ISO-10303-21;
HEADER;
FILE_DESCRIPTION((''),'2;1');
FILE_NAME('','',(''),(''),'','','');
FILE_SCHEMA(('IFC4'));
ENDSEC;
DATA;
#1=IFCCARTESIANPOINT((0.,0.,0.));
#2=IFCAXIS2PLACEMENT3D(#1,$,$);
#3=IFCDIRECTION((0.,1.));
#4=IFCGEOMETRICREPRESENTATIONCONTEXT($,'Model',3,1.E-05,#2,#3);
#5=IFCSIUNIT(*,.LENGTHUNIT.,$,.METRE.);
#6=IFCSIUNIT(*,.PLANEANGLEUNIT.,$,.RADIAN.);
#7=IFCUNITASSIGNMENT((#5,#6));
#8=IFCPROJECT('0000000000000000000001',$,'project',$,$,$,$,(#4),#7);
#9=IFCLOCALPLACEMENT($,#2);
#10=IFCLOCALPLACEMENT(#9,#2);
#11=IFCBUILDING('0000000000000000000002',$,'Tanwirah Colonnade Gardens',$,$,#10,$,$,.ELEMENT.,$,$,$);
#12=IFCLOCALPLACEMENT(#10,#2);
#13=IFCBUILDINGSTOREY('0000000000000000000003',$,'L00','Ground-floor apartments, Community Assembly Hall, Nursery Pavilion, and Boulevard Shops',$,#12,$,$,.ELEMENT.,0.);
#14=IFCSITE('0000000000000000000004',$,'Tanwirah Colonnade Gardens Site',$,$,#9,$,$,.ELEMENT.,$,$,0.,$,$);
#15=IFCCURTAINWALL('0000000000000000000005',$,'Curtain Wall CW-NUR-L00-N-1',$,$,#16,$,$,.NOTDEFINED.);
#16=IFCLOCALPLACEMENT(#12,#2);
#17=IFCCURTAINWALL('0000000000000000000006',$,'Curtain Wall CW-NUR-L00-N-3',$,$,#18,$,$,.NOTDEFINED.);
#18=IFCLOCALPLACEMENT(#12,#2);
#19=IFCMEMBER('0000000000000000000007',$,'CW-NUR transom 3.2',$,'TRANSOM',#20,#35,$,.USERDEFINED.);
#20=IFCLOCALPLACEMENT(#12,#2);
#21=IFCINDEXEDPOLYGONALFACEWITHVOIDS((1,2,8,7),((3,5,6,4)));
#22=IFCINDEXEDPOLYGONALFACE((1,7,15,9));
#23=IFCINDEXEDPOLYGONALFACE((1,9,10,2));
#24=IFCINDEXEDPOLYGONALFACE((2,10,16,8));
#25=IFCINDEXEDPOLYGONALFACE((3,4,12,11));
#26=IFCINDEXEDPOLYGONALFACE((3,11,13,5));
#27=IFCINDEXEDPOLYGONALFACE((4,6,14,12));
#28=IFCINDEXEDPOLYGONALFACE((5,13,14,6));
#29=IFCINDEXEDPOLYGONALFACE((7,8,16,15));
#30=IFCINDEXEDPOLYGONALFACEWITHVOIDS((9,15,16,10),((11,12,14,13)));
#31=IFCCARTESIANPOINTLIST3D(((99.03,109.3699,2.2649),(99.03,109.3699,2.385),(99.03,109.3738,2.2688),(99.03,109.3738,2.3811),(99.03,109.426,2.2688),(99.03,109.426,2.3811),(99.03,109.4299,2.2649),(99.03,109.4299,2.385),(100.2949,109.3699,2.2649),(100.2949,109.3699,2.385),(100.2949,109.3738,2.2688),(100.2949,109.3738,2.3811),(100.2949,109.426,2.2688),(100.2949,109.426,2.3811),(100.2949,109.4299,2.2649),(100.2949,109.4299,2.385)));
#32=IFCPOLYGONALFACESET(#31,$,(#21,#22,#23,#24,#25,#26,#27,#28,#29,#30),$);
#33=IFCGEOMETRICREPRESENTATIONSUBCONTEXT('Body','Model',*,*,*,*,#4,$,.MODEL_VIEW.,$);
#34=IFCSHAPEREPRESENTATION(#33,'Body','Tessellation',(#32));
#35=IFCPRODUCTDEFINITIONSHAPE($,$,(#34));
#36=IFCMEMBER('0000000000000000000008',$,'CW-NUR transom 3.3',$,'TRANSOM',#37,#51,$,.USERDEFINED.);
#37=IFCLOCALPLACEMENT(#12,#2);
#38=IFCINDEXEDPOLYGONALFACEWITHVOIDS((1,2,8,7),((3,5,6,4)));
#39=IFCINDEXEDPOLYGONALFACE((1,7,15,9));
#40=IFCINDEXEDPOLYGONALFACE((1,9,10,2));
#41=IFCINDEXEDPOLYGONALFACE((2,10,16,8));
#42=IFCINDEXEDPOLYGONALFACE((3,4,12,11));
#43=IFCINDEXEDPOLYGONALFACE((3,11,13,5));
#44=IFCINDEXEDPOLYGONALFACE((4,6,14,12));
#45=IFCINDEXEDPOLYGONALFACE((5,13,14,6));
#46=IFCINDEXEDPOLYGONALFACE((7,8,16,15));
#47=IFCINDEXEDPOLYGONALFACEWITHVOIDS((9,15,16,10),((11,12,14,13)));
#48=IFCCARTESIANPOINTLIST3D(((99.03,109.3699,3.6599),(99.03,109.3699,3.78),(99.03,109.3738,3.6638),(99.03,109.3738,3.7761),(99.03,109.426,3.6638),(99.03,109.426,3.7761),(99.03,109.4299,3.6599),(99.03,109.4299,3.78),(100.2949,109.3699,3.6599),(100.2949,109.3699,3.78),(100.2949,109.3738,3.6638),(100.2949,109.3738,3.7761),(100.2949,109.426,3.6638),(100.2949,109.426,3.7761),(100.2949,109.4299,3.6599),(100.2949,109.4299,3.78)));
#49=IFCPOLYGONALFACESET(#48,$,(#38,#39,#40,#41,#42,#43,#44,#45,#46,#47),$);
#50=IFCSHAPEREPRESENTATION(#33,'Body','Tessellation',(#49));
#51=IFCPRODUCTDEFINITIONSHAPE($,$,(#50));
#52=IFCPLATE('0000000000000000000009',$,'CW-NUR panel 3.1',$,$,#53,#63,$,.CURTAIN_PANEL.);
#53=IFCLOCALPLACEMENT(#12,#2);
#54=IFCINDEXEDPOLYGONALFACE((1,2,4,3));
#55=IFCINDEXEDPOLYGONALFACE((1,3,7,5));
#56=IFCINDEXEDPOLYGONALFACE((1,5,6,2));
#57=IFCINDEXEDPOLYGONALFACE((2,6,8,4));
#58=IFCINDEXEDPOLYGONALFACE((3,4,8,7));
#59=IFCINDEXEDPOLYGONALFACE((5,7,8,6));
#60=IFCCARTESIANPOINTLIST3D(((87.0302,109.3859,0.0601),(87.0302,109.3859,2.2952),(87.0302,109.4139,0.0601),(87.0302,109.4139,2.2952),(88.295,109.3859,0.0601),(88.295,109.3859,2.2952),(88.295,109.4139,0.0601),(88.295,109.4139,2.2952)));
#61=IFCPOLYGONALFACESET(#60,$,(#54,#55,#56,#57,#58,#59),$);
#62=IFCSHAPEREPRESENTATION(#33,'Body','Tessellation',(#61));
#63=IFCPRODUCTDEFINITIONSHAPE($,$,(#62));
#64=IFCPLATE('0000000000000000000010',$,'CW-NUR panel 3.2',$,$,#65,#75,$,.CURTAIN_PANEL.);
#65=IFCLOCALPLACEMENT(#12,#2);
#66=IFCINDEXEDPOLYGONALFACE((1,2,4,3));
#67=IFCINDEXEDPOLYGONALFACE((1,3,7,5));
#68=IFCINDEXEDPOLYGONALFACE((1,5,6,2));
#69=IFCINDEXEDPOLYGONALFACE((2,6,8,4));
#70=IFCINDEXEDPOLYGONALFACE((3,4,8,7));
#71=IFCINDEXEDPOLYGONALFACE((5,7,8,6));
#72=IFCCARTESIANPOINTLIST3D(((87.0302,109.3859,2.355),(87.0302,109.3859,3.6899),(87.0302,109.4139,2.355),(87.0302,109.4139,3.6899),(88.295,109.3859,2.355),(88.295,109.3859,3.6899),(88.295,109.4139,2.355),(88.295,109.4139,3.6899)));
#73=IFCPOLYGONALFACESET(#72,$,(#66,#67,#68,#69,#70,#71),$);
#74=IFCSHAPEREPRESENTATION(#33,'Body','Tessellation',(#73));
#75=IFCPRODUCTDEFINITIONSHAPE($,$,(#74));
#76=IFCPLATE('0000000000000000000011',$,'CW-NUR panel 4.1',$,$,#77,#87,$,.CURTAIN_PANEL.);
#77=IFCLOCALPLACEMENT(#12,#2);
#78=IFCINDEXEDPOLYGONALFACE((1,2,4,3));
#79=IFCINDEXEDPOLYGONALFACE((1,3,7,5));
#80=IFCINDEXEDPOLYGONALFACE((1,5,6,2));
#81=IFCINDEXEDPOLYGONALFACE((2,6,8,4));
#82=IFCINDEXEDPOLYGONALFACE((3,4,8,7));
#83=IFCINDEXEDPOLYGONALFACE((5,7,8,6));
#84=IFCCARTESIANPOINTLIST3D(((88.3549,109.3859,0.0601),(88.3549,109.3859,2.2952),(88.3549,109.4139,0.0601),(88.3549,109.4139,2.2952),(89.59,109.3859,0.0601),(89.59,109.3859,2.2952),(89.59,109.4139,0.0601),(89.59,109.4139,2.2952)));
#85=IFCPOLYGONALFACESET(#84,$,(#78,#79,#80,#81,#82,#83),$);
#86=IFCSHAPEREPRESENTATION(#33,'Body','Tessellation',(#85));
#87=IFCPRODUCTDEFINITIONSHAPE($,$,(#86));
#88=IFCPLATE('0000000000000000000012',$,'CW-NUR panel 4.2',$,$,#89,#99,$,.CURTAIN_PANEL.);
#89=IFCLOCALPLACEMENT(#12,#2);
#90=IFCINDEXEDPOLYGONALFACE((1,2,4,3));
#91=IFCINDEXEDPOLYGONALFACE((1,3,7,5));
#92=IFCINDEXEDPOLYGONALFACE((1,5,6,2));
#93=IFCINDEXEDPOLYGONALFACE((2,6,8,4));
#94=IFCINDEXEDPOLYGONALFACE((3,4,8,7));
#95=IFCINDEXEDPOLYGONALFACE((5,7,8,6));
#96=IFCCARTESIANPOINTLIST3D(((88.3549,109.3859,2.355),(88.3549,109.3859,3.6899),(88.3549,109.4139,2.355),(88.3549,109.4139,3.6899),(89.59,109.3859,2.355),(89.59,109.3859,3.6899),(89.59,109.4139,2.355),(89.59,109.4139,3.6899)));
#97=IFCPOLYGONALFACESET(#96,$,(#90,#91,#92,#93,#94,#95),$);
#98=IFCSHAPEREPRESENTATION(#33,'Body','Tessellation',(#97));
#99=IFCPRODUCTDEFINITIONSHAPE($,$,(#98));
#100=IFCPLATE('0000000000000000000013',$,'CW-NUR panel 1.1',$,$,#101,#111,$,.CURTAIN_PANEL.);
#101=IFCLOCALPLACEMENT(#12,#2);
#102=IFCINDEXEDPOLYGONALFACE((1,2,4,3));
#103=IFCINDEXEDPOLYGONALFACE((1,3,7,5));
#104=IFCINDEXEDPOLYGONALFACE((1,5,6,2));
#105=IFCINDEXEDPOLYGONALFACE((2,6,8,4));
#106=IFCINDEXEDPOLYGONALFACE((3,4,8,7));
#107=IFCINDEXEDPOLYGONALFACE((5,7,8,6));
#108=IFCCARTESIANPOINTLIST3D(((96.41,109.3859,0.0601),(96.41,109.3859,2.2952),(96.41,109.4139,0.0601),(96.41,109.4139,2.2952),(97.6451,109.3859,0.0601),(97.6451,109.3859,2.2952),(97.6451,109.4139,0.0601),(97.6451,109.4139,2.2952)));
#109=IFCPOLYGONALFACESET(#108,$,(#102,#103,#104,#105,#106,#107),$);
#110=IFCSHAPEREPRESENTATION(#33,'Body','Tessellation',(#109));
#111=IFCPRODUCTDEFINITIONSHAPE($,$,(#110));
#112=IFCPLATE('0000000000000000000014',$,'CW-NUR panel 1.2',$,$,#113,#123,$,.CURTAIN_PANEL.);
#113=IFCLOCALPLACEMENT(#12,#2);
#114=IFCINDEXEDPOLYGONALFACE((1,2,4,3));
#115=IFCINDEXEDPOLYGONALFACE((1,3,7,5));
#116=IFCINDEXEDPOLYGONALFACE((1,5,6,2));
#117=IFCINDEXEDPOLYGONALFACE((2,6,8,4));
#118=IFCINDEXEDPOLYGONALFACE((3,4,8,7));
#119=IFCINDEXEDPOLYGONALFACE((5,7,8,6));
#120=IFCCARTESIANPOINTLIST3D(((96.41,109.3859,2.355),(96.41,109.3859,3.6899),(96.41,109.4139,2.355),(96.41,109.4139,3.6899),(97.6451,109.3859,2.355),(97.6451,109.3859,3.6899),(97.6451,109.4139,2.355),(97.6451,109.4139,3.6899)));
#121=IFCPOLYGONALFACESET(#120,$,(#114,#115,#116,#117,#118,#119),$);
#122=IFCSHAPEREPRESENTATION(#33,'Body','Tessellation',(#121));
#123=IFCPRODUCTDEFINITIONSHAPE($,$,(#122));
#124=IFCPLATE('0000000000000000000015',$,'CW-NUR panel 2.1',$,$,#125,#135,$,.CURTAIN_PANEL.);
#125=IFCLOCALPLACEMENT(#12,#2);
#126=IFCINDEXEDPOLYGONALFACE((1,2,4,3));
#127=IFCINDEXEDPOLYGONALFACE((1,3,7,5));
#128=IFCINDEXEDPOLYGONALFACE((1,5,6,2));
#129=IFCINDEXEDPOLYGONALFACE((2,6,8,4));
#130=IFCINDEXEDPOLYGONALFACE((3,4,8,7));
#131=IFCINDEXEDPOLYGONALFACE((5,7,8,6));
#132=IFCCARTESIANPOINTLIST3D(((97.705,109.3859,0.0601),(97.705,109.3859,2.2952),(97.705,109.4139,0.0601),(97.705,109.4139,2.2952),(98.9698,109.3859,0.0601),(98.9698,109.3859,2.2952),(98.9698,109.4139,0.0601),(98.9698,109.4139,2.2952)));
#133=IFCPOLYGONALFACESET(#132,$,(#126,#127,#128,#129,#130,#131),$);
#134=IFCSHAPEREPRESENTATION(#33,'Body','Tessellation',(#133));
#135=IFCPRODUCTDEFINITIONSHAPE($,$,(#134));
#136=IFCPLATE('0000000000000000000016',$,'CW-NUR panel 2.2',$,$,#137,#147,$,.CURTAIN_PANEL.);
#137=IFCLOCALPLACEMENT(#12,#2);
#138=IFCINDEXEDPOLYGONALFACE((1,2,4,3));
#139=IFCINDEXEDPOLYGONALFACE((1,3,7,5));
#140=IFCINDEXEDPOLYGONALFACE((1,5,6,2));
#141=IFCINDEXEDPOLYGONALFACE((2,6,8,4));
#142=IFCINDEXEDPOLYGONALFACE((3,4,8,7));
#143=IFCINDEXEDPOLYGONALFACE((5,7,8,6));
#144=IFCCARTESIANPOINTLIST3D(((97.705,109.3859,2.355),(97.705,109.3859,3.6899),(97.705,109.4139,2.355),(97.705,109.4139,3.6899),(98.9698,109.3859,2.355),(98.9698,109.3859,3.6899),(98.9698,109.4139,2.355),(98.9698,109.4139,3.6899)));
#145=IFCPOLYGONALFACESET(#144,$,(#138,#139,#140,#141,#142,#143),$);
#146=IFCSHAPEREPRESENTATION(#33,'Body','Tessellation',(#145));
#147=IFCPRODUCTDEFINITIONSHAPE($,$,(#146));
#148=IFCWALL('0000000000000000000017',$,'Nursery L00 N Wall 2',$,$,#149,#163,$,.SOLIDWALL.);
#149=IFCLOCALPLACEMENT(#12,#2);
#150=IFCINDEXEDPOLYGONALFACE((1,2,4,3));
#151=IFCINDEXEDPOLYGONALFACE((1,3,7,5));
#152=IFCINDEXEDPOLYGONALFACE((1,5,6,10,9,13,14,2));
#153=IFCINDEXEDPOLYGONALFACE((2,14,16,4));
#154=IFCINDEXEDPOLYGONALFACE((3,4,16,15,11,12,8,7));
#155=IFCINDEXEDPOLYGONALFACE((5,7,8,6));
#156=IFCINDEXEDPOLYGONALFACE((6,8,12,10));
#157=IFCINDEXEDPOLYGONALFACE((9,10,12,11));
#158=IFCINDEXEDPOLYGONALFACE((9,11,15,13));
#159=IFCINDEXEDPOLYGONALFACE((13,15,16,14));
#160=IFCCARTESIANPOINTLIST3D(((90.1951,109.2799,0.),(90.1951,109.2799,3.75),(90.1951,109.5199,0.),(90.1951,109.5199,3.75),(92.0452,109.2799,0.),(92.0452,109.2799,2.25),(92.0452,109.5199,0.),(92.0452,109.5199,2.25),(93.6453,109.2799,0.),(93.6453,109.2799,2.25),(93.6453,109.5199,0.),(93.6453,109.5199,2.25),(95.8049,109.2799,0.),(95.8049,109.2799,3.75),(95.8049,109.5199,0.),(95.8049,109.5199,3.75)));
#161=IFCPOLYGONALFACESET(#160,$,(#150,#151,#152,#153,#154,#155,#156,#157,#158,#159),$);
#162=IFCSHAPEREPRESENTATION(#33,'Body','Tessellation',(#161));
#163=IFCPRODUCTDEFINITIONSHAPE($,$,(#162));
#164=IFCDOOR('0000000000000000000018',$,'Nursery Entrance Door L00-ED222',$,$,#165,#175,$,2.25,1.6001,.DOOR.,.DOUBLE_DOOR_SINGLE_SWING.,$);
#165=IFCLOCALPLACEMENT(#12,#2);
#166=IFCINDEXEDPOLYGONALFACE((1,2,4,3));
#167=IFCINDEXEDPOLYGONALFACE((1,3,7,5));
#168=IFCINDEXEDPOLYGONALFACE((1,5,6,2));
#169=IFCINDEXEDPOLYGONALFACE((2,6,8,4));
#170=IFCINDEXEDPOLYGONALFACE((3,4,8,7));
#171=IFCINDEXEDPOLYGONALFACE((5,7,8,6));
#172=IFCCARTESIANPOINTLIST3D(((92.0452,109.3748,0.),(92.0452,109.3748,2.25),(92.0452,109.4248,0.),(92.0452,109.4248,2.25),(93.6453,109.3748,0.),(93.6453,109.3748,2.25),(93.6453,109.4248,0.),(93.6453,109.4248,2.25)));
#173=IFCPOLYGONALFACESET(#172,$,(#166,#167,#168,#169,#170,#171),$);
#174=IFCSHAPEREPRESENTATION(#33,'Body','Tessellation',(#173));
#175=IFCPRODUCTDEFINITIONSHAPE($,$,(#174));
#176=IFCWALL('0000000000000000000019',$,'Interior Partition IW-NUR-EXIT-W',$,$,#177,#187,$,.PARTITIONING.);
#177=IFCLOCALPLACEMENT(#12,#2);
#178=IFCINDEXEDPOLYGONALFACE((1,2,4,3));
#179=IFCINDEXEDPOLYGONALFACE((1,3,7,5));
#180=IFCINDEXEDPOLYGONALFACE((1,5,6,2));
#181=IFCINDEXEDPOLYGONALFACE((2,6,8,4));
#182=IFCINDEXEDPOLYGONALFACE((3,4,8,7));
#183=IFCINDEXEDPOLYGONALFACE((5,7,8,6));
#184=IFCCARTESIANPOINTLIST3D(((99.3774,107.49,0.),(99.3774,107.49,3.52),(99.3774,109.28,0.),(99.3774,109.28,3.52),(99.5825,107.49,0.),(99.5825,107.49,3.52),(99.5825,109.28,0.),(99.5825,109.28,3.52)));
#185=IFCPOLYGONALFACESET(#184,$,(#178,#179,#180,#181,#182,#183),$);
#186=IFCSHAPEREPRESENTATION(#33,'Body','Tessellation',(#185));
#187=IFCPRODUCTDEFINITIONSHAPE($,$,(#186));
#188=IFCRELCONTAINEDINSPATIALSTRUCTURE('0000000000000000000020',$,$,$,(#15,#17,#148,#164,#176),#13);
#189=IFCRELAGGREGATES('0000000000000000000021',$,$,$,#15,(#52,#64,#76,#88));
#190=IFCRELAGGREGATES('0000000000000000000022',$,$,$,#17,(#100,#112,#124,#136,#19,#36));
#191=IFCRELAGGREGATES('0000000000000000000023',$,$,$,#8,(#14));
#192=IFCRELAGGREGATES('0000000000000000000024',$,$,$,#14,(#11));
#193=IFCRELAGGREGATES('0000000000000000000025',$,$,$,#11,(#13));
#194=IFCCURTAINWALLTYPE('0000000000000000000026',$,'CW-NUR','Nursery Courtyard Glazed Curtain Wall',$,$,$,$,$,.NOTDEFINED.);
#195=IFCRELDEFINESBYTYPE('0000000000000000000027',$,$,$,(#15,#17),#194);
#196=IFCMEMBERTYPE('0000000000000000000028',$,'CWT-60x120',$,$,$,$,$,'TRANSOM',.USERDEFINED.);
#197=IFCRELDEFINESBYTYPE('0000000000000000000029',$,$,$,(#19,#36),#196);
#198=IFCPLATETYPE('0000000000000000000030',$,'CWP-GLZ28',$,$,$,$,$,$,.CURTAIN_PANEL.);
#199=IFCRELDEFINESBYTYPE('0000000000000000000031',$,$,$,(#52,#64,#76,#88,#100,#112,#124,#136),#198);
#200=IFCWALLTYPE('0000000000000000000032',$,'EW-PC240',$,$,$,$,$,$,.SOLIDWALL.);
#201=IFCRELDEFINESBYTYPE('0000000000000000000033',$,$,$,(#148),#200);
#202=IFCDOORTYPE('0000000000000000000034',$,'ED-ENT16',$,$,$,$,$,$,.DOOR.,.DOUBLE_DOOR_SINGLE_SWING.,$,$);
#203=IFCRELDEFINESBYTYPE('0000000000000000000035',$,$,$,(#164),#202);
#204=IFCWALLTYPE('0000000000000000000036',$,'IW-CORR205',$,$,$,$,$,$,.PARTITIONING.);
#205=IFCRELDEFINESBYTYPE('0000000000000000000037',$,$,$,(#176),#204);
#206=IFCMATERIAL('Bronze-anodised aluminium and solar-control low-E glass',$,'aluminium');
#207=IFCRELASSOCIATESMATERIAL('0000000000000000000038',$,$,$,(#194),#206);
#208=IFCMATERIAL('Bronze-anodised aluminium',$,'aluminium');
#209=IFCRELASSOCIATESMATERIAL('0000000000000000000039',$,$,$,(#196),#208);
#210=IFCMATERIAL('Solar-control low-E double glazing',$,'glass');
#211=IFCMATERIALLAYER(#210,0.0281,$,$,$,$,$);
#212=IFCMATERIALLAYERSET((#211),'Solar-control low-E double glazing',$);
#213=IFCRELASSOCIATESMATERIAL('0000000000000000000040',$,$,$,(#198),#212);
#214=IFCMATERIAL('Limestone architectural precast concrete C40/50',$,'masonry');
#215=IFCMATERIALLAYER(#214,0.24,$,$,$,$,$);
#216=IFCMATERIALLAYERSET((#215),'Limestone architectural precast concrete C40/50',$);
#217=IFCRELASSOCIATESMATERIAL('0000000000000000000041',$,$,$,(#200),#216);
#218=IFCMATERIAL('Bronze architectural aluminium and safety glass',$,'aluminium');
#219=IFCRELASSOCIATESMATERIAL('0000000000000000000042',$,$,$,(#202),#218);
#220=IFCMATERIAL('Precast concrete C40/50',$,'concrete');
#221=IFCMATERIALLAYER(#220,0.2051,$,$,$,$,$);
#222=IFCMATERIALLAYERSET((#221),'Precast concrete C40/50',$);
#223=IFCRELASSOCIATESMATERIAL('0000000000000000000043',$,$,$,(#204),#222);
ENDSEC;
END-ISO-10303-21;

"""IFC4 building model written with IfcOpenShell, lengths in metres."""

from ifc_helpers import new_model, si_unit, direction, frame, frame_2d, origin, origin_2d, place, context, subcontext, project, spatial, rectangle, hollow_rectangle, extrude, material, layer, layer_set, material_profile, profile_set, type_object, element, fill, aggregate, save


model = new_model("IFC4")

# Units and contexts
model_context = context("Model", 3, precision=1e-05, world=origin(), true_north=direction((0.0, 1.0)))
body_context = subcontext(model_context, "Body", "Model", "MODEL_VIEW")
ifc_project = project(units=[si_unit("LENGTHUNIT", "METRE"), si_unit("PLANEANGLEUNIT", "RADIAN")], contexts=[model_context])

# Site, building, storey
site_placement = place(None, origin())
site = spatial("IfcSite", under=ifc_project, at=site_placement, Name="Tanwirah Colonnade Gardens Site", CompositionType="ELEMENT", RefElevation=0.0)
building_placement = place(site_placement, origin())
building = spatial("IfcBuilding", under=site, at=building_placement, Name="Tanwirah Colonnade Gardens", CompositionType="ELEMENT")
storey_placement = place(building_placement, origin())
storey = spatial("IfcBuildingStorey", under=building, at=storey_placement, Name="L00", Description="Ground-floor apartments, Community Assembly Hall, Nursery Pavilion, and Boulevard Shops", CompositionType="ELEMENT", Elevation=0.0)

# Shared definitions
ifc_material_1 = material(Name="Precast concrete C40/50", Category="concrete")

# Curtain walls
ifc_material_2 = material(Name="Bronze-anodised aluminium and solar-control low-E glass", Category="aluminium")
curtain_wall_type = type_object("IfcCurtainWallType", Name="CW-NUR", Description="Nursery Courtyard Glazed Curtain Wall", PredefinedType="NOTDEFINED", material=ifc_material_2)
curtain_wall_1_placement = place(storey_placement, origin())
curtain_wall_1 = element("IfcCurtainWall", 1, at=curtain_wall_1_placement, inside=storey, type_object=curtain_wall_type, Name="Curtain Wall CW-NUR-L00-N-1", PredefinedType="NOTDEFINED")
ifc_material_3 = material(Name="Bronze-anodised aluminium", Category="aluminium")
curtain_wall_2_placement = place(storey_placement, origin())
curtain_wall_2 = element("IfcCurtainWall", 2, at=curtain_wall_2_placement, inside=storey, type_object=curtain_wall_type, Name="Curtain Wall CW-NUR-L00-N-3", PredefinedType="NOTDEFINED")

# Members
ifc_material_profile_1 = material_profile(ifc_material_3, hollow_rectangle(XDim=0.0601, YDim=0.1201, WallThickness=0.0039, at=origin_2d()), Name="CW-TRN 60x120x4")
ifc_profile_set_1 = profile_set([ifc_material_profile_1], Name="Bronze-anodised aluminium")
member_type_1 = type_object("IfcMemberType", Name="CWT-60x120", ElementType="TRANSOM", PredefinedType="USERDEFINED", material=ifc_profile_set_1)
member_1_placement = place(storey_placement, frame((99.03, 109.3999, 2.325), z_axis=(1.0, 0.0, 0.0), x_axis=(0.0, 1.0, 0.0)))
member_1 = element("IfcMember", 3, at=member_1_placement, type_object=member_type_1, Name="CW-NUR transom 3.2", ObjectType="TRANSOM", PredefinedType="USERDEFINED", context=body_context, shape_type="SweptSolid", body=[
    extrude(hollow_rectangle(XDim=0.0601, YDim=0.1201, WallThickness=0.0039, at=origin_2d()), origin(), (0.0, 0.0, 1.0), 1.2649),
])
member_2_placement = place(storey_placement, frame((99.03, 109.3999, 3.72), z_axis=(1.0, 0.0, 0.0), x_axis=(0.0, 1.0, 0.0)))
member_2 = element("IfcMember", 4, at=member_2_placement, type_object=member_type_1, Name="CW-NUR transom 3.3", ObjectType="TRANSOM", PredefinedType="USERDEFINED", context=body_context, shape_type="SweptSolid", body=[
    extrude(hollow_rectangle(XDim=0.0601, YDim=0.1201, WallThickness=0.0039, at=origin_2d()), origin(), (0.0, 0.0, 1.0), 1.2649),
])

# Plates
ifc_material_4 = material(Name="Solar-control low-E double glazing", Category="glass")
ifc_layer_1 = layer(ifc_material_4, 0.0281)
ifc_layer_set_1 = layer_set([ifc_layer_1], Name="Solar-control low-E double glazing")
plate_type = type_object("IfcPlateType", Name="CWP-GLZ28", PredefinedType="CURTAIN_PANEL", material=ifc_layer_set_1)
plate_1_placement = place(storey_placement, frame((87.6626, 109.3999, 0.0601), z_axis=(0.0, 0.0, 1.0), x_axis=(1.0, 0.0, 0.0)))
plate_1 = element("IfcPlate", 5, at=plate_1_placement, type_object=plate_type, Name="CW-NUR panel 3.1", PredefinedType="CURTAIN_PANEL", context=body_context, shape_type="SweptSolid", body=[
    extrude(rectangle(XDim=1.2649, YDim=0.0281, at=origin_2d()), origin(), (0.0, 0.0, 1.0), 2.2351),
])
plate_2_placement = place(storey_placement, frame((87.6626, 109.3999, 2.355), z_axis=(0.0, 0.0, 1.0), x_axis=(1.0, 0.0, 0.0)))
plate_2 = element("IfcPlate", 6, at=plate_2_placement, type_object=plate_type, Name="CW-NUR panel 3.2", PredefinedType="CURTAIN_PANEL", context=body_context, shape_type="SweptSolid", body=[
    extrude(rectangle(XDim=1.2649, YDim=0.0281, at=origin_2d()), origin(), (0.0, 0.0, 1.0), 1.335),
])
plate_3_placement = place(storey_placement, frame((88.9724, 109.3999, 0.0601), z_axis=(0.0, 0.0, 1.0), x_axis=(1.0, 0.0, 0.0)))
plate_3 = element("IfcPlate", 7, at=plate_3_placement, type_object=plate_type, Name="CW-NUR panel 4.1", PredefinedType="CURTAIN_PANEL", context=body_context, shape_type="SweptSolid", body=[
    extrude(rectangle(XDim=1.2351, YDim=0.0281, at=origin_2d()), origin(), (0.0, 0.0, 1.0), 2.2351),
])
plate_4_placement = place(storey_placement, frame((88.9724, 109.3999, 2.355), z_axis=(0.0, 0.0, 1.0), x_axis=(1.0, 0.0, 0.0)))
plate_4 = element("IfcPlate", 8, at=plate_4_placement, type_object=plate_type, Name="CW-NUR panel 4.2", PredefinedType="CURTAIN_PANEL", context=body_context, shape_type="SweptSolid", body=[
    extrude(rectangle(XDim=1.2351, YDim=0.0281, at=origin_2d()), origin(), (0.0, 0.0, 1.0), 1.335),
])
aggregate(curtain_wall_1, [plate_1, plate_2, plate_3, plate_4])
plate_5_placement = place(storey_placement, frame((97.0276, 109.3999, 0.0601), z_axis=(0.0, 0.0, 1.0), x_axis=(1.0, 0.0, 0.0)))
plate_5 = element("IfcPlate", 9, at=plate_5_placement, type_object=plate_type, Name="CW-NUR panel 1.1", PredefinedType="CURTAIN_PANEL", context=body_context, shape_type="SweptSolid", body=[
    extrude(rectangle(XDim=1.2351, YDim=0.0281, at=origin_2d()), origin(), (0.0, 0.0, 1.0), 2.2351),
])
plate_6_placement = place(storey_placement, frame((97.0276, 109.3999, 2.355), z_axis=(0.0, 0.0, 1.0), x_axis=(1.0, 0.0, 0.0)))
plate_6 = element("IfcPlate", 10, at=plate_6_placement, type_object=plate_type, Name="CW-NUR panel 1.2", PredefinedType="CURTAIN_PANEL", context=body_context, shape_type="SweptSolid", body=[
    extrude(rectangle(XDim=1.2351, YDim=0.0281, at=origin_2d()), origin(), (0.0, 0.0, 1.0), 1.335),
])
plate_7_placement = place(storey_placement, frame((98.3374, 109.3999, 0.0601), z_axis=(0.0, 0.0, 1.0), x_axis=(1.0, 0.0, 0.0)))
plate_7 = element("IfcPlate", 11, at=plate_7_placement, type_object=plate_type, Name="CW-NUR panel 2.1", PredefinedType="CURTAIN_PANEL", context=body_context, shape_type="SweptSolid", body=[
    extrude(rectangle(XDim=1.2649, YDim=0.0281, at=origin_2d()), origin(), (0.0, 0.0, 1.0), 2.2351),
])
plate_8_placement = place(storey_placement, frame((98.3374, 109.3999, 2.355), z_axis=(0.0, 0.0, 1.0), x_axis=(1.0, 0.0, 0.0)))
plate_8 = element("IfcPlate", 12, at=plate_8_placement, type_object=plate_type, Name="CW-NUR panel 2.2", PredefinedType="CURTAIN_PANEL", context=body_context, shape_type="SweptSolid", body=[
    extrude(rectangle(XDim=1.2649, YDim=0.0281, at=origin_2d()), origin(), (0.0, 0.0, 1.0), 1.335),
])
aggregate(curtain_wall_2, [plate_5, plate_6, plate_7, plate_8, member_1, member_2])

# Wall, opening, door
ifc_material_5 = material(Name="Limestone architectural precast concrete C40/50", Category="masonry")
ifc_layer_2 = layer(ifc_material_5, 0.24)
ifc_layer_set_2 = layer_set([ifc_layer_2], Name="Limestone architectural precast concrete C40/50")
wall_type_1 = type_object("IfcWallType", Name="EW-PC240", PredefinedType="SOLIDWALL", material=ifc_layer_set_2)
wall_1_placement = place(storey_placement, frame((90.1951, 109.3999, 0.0), z_axis=(0.0, 0.0, 1.0), x_axis=(1.0, 0.0, 0.0)))
wall_1 = element("IfcWall", 13, at=wall_1_placement, inside=storey, type_object=wall_type_1, Name="Nursery L00 N Wall 2", PredefinedType="SOLIDWALL", context=body_context, shape_type="SweptSolid", body=[
    extrude(rectangle(XDim=5.6099, YDim=0.24, at=frame_2d((2.8049, 0.0))), origin(), (0.0, 0.0, 1.0), 3.75),
])
opening_placement = place(wall_1_placement, frame((1.8501, 0.0, 0.0)))
opening = element("IfcOpeningElement", 14, at=opening_placement, cuts=wall_1, PredefinedType="OPENING", context=body_context, shape_type="SweptSolid", body=[
    extrude(rectangle(XDim=1.6001, YDim=2.25, at=frame_2d((0.8, 1.125))), frame((0.0, 0.1299, 0.0), z_axis=(0.0, -1.0, 0.0), x_axis=(1.0, 0.0, 0.0)), (0.0, 0.0, 1.0), 0.26),
])
ifc_material_6 = material(Name="Bronze architectural aluminium and safety glass", Category="aluminium")
door_type = type_object("IfcDoorType", Name="ED-ENT16", OperationType="DOUBLE_DOOR_SINGLE_SWING", PredefinedType="DOOR", material=ifc_material_6)
door_placement = place(opening_placement, origin())
door = element("IfcDoor", 15, at=door_placement, inside=storey, type_object=door_type, Name="Nursery Entrance Door L00-ED222", OperationType="DOUBLE_DOOR_SINGLE_SWING", OverallHeight=2.25, OverallWidth=1.6001, PredefinedType="DOOR", context=body_context, shape_type="SweptSolid", body=[
    extrude(rectangle(XDim=1.6001, YDim=2.25, at=frame_2d((0.8, 1.125))), frame((0.0, 0.0249, 0.0), z_axis=(0.0, -1.0, 0.0), x_axis=(1.0, 0.0, 0.0)), (0.0, 0.0, 1.0), 0.05),
])
fill(opening, door)

# Wall
ifc_layer_3 = layer(ifc_material_1, 0.2051)
ifc_layer_set_3 = layer_set([ifc_layer_3], Name="Precast concrete C40/50")
wall_type_2 = type_object("IfcWallType", Name="IW-CORR205", PredefinedType="PARTITIONING", material=ifc_layer_set_3)
wall_2_placement = place(storey_placement, frame((99.48, 107.49, 0.0), z_axis=(0.0, 0.0, 1.0), x_axis=(0.0, 1.0, 0.0)))
element("IfcWall", 16, at=wall_2_placement, inside=storey, type_object=wall_type_2, Name="Interior Partition IW-NUR-EXIT-W", PredefinedType="PARTITIONING", context=body_context, shape_type="SweptSolid", body=[
    extrude(rectangle(XDim=1.79, YDim=0.2051, at=frame_2d((0.895, 0.0))), origin(), (0.0, 0.0, 1.0), 3.52),
])

save(model, "model.ifc")
